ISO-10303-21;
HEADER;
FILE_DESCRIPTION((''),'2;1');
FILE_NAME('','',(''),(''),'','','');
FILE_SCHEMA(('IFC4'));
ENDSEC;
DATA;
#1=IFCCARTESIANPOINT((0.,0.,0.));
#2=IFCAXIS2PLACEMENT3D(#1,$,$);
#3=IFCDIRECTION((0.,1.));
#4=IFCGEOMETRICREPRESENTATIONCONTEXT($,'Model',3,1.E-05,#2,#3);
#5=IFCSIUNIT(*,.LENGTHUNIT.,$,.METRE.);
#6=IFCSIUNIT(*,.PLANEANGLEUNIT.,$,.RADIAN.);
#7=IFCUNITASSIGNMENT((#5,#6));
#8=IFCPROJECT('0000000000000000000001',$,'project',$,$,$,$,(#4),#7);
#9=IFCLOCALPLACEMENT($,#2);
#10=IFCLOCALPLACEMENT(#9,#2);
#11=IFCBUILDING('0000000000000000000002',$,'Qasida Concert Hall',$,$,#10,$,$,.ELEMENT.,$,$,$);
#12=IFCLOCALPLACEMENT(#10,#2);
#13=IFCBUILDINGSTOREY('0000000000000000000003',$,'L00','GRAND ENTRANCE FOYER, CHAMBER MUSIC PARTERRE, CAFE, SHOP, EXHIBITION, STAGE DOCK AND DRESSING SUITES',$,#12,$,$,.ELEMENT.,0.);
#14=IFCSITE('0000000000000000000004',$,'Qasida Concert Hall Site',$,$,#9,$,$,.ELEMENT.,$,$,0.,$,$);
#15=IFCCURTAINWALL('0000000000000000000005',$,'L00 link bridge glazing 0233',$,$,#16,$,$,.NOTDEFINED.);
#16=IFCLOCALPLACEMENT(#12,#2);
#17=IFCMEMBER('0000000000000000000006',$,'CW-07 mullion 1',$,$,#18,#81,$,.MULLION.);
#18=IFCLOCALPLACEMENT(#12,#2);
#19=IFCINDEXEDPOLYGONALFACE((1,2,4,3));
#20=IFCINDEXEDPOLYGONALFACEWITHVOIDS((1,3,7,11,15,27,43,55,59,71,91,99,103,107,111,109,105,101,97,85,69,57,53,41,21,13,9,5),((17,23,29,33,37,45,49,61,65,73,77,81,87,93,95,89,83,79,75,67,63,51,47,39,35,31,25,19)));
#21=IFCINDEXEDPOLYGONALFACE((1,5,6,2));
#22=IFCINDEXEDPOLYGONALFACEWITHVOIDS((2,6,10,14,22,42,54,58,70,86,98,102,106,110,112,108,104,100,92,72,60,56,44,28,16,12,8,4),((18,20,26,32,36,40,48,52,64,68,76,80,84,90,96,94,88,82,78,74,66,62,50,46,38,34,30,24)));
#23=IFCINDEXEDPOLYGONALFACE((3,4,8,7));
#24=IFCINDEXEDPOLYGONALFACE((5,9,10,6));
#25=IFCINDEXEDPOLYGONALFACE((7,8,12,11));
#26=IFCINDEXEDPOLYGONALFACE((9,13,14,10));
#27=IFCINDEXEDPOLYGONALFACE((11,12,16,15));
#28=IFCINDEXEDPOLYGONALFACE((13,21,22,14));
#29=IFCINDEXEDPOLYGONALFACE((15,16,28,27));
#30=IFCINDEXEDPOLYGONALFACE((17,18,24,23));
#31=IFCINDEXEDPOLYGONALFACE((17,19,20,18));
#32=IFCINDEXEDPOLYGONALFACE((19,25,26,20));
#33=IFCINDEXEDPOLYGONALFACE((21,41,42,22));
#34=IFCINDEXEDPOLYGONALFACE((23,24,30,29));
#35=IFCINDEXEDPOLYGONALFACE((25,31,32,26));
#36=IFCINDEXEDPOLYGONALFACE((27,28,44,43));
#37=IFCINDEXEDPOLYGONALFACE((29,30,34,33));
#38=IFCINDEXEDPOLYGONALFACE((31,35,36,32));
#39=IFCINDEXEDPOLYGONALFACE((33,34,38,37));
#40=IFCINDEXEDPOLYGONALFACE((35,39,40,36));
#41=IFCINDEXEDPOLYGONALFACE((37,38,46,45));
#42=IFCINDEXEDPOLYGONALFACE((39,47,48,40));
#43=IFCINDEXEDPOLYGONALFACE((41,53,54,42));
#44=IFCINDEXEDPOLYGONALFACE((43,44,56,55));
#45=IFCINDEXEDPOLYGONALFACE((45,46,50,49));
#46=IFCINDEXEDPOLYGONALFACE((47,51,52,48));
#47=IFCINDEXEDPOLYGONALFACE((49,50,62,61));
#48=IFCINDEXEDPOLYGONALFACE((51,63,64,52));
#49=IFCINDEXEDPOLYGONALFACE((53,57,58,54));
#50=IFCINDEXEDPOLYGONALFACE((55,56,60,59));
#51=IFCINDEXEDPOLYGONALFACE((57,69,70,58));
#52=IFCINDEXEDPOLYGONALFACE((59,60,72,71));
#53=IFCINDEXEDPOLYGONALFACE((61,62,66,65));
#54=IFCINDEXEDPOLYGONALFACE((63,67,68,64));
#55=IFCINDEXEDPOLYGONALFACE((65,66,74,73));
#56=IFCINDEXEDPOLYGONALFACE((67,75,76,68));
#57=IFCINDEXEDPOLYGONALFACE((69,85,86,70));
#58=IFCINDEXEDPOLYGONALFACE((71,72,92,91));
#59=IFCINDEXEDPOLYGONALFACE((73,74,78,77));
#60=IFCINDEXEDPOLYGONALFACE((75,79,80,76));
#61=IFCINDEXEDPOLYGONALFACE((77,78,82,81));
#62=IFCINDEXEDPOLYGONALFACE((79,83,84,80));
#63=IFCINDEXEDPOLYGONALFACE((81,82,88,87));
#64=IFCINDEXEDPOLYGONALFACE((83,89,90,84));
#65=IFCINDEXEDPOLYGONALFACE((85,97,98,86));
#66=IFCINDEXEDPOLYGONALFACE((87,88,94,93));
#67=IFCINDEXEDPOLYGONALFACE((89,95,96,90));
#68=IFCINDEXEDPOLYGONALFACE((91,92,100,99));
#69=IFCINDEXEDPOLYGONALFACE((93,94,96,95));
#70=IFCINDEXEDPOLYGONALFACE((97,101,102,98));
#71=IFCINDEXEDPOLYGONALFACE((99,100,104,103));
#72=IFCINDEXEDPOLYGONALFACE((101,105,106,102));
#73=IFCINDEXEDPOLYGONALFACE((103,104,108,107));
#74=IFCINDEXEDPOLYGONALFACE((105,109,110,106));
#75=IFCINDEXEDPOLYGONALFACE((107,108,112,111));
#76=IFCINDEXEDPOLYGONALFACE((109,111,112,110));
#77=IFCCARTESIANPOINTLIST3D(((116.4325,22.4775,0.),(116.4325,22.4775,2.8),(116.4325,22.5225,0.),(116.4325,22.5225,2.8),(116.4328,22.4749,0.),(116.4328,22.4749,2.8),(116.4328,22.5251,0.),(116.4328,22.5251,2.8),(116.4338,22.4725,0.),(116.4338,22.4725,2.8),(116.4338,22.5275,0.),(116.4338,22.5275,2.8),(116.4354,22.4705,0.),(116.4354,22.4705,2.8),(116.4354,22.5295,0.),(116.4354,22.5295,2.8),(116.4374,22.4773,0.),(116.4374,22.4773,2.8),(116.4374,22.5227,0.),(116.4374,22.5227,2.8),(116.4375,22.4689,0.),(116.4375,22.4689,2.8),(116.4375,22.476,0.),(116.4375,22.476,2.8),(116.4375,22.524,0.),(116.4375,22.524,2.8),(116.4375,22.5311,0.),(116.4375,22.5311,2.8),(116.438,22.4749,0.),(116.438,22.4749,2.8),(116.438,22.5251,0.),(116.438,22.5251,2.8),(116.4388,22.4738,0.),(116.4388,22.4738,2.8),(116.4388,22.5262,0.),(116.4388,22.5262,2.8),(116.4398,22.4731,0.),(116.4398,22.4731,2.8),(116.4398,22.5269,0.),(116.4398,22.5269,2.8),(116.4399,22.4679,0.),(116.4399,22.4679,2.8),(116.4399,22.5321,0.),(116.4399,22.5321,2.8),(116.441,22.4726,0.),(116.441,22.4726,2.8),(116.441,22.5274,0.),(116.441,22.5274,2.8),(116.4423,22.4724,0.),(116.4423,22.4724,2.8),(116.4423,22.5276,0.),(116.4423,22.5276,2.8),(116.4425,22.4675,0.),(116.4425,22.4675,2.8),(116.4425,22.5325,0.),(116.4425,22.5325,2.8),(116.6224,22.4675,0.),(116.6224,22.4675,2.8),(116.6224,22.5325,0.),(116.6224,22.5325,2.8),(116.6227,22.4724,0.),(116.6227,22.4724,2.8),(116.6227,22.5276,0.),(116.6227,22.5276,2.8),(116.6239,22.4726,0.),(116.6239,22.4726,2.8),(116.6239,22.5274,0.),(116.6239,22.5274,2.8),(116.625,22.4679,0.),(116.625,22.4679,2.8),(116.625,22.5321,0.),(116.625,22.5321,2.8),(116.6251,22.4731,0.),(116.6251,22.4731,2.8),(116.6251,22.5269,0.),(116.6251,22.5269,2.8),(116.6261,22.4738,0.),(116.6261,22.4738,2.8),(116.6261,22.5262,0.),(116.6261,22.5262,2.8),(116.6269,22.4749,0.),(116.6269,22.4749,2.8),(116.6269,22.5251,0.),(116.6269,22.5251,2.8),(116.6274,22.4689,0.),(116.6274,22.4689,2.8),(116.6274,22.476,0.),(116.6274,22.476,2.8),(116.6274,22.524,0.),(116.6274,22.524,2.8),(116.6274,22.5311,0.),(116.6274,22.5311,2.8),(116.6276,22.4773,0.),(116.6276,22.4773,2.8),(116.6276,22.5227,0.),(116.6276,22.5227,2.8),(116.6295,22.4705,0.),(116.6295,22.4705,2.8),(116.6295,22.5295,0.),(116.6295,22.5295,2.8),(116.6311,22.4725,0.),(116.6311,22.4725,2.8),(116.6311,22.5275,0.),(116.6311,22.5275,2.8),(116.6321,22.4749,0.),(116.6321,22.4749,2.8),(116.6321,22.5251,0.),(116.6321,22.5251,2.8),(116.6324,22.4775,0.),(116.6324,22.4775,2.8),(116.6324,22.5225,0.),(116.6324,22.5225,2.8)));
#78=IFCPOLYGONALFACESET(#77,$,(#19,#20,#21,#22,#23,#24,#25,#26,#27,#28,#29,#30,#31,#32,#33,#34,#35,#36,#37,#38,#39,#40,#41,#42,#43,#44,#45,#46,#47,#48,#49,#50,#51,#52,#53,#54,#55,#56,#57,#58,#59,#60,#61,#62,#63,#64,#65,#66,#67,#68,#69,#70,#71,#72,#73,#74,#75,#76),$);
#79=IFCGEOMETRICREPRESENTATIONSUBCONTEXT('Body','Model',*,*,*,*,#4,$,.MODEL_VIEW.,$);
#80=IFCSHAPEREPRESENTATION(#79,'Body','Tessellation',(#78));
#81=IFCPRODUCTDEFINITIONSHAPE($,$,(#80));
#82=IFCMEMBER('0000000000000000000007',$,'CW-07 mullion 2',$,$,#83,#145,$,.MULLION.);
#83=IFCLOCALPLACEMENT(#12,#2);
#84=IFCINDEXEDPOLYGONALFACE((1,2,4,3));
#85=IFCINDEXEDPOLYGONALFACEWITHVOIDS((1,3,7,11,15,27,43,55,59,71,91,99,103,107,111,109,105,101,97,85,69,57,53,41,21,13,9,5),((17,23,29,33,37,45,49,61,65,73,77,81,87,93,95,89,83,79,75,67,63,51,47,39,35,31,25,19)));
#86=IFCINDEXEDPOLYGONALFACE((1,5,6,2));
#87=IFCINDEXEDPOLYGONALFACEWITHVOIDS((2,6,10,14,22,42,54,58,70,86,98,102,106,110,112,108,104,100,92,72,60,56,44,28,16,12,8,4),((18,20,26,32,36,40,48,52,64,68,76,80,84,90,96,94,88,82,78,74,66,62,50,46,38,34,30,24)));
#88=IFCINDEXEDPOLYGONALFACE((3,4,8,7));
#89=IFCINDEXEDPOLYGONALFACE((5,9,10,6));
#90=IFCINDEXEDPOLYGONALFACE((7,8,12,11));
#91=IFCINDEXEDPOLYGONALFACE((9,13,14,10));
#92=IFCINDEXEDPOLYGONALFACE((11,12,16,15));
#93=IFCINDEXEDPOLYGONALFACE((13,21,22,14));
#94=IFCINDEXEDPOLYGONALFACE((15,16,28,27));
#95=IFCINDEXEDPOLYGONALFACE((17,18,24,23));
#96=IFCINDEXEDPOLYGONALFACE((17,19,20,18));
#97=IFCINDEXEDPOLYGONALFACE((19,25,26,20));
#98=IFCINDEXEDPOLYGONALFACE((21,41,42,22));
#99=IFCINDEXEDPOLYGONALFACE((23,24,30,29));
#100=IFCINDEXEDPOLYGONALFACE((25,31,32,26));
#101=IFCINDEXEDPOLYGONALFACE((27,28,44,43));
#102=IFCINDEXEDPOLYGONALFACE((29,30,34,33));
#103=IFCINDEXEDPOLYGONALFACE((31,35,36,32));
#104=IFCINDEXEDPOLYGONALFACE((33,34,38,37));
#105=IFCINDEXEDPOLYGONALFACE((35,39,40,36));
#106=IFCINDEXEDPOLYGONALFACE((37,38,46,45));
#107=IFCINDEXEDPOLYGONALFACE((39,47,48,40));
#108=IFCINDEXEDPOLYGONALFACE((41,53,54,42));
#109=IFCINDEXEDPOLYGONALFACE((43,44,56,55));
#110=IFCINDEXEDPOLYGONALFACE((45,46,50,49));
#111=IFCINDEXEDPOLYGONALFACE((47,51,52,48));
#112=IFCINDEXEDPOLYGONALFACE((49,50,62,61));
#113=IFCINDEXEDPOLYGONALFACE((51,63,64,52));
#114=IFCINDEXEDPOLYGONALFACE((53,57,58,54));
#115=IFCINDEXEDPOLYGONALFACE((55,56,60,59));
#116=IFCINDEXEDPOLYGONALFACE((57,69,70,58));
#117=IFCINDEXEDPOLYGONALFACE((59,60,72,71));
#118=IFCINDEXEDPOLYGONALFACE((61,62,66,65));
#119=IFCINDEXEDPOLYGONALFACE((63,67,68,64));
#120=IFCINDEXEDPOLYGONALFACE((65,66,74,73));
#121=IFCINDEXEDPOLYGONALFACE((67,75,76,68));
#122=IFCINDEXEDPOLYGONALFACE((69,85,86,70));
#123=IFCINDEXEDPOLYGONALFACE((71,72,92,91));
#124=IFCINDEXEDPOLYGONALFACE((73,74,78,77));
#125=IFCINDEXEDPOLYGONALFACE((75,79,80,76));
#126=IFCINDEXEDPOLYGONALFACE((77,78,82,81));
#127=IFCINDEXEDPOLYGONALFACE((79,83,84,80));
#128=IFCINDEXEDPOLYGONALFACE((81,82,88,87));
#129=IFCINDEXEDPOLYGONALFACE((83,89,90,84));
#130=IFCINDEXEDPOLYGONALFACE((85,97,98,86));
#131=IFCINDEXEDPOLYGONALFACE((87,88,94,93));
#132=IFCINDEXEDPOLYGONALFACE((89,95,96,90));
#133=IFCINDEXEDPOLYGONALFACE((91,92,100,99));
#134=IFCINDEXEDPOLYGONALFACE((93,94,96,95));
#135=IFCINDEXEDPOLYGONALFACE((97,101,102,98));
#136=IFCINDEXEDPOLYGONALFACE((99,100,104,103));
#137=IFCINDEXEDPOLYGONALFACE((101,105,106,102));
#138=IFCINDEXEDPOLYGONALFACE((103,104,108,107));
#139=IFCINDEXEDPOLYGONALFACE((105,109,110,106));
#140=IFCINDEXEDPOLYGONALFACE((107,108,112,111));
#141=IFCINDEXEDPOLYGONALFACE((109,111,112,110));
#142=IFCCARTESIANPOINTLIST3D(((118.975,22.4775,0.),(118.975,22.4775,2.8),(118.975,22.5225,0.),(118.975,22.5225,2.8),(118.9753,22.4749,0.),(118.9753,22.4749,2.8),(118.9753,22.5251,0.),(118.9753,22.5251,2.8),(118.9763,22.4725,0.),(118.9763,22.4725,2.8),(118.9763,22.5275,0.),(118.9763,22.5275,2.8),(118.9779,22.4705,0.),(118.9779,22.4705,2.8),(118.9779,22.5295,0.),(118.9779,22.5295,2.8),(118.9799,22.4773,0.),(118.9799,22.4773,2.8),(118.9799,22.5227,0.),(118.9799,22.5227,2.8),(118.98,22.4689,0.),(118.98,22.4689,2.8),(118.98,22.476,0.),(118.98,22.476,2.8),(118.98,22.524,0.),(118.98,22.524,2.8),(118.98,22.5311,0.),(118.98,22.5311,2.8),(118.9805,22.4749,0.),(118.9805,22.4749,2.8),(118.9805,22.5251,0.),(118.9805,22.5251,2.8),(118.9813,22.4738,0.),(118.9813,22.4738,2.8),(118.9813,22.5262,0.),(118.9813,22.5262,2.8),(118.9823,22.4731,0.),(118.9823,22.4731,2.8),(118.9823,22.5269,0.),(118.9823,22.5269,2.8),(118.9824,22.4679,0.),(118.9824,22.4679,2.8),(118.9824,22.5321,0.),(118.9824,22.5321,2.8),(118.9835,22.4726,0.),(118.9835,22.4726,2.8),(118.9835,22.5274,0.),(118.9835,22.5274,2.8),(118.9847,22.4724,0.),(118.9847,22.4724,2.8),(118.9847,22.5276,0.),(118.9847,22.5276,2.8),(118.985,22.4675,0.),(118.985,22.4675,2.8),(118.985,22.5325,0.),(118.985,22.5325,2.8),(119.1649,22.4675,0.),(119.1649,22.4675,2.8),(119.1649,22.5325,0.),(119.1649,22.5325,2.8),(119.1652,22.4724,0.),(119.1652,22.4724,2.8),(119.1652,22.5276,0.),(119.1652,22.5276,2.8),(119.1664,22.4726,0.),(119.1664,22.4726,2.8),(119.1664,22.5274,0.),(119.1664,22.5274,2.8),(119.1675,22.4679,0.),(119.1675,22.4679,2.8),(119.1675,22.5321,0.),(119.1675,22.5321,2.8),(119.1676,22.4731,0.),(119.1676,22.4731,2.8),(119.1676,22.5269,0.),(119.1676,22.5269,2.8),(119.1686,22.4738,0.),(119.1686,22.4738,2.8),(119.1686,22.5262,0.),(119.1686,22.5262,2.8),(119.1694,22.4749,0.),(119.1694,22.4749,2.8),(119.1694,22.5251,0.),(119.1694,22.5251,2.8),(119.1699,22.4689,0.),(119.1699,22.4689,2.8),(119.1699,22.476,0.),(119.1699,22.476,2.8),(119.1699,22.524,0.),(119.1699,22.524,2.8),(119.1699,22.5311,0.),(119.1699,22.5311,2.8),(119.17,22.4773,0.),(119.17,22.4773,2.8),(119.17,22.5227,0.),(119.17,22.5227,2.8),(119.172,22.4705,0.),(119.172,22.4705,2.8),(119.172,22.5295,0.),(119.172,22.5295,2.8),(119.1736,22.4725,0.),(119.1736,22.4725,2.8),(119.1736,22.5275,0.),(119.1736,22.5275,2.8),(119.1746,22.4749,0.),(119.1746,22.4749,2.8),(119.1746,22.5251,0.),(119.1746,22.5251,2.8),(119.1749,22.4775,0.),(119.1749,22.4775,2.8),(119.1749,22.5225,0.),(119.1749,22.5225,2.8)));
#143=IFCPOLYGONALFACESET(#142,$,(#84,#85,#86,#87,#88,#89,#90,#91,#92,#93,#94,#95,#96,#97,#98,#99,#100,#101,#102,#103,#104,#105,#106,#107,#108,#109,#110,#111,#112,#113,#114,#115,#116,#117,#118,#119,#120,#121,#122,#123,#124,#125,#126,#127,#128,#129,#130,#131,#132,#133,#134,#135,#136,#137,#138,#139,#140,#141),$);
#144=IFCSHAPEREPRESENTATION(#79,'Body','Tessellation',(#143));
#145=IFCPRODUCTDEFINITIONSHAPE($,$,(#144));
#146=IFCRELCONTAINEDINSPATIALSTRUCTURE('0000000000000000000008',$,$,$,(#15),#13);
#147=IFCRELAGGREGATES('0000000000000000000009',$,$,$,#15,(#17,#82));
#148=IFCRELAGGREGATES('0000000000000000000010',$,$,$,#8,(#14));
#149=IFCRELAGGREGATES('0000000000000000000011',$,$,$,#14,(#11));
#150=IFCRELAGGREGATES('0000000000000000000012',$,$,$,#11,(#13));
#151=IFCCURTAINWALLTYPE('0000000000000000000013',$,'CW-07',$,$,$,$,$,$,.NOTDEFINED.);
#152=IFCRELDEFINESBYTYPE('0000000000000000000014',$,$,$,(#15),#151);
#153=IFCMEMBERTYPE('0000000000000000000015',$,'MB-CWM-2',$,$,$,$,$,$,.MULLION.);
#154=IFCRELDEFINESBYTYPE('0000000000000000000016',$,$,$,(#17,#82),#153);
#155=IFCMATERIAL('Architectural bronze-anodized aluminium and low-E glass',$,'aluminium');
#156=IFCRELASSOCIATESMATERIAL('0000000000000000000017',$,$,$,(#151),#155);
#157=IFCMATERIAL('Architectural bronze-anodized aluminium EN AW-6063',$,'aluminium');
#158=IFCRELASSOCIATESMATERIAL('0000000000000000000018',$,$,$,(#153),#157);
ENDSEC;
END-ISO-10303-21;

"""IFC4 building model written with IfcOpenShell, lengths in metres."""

from ifc_helpers import new_model, si_unit, direction, frame, origin, origin_2d, place, context, subcontext, project, spatial, hollow_rectangle, extrude, material, material_profile, profile_set, type_object, element, aggregate, save


model = new_model("IFC4")

# Units and contexts
model_context = context("Model", 3, precision=1e-05, world=origin(), true_north=direction((0.0, 1.0)))
body_context = subcontext(model_context, "Body", "Model", "MODEL_VIEW")
ifc_project = project(units=[si_unit("LENGTHUNIT", "METRE"), si_unit("PLANEANGLEUNIT", "RADIAN")], contexts=[model_context])

# Site, building, storey
site_placement = place(None, origin())
site = spatial("IfcSite", under=ifc_project, at=site_placement, Name="Qasida Concert Hall Site", CompositionType="ELEMENT", RefElevation=0.0)
building_placement = place(site_placement, origin())
building = spatial("IfcBuilding", under=site, at=building_placement, Name="Qasida Concert Hall", CompositionType="ELEMENT")
storey_placement = place(building_placement, origin())
storey = spatial("IfcBuildingStorey", under=building, at=storey_placement, Name="L00", Description="GRAND ENTRANCE FOYER, CHAMBER MUSIC PARTERRE, CAFE, SHOP, EXHIBITION, STAGE DOCK AND DRESSING SUITES", CompositionType="ELEMENT", Elevation=0.0)

# Curtain wall, members
ifc_material_1 = material(Name="Architectural bronze-anodized aluminium and low-E glass", Category="aluminium")
curtain_wall_type = type_object("IfcCurtainWallType", Name="CW-07", PredefinedType="NOTDEFINED", material=ifc_material_1)
ifc_material_2 = material(Name="Architectural bronze-anodized aluminium EN AW-6063", Category="aluminium")
ifc_material_profile_1 = material_profile(ifc_material_2, hollow_rectangle(XDim=0.0649, YDim=0.2, WallThickness=0.0049, InnerFilletRadius=0.0049, OuterFilletRadius=0.01, at=origin_2d()), Name="CWM 200x65x5")
ifc_profile_set_1 = profile_set([ifc_material_profile_1], Name="Architectural bronze-anodized aluminium EN AW-6063")
member_type_1 = type_object("IfcMemberType", Name="MB-CWM-2", PredefinedType="MULLION", material=ifc_profile_set_1)
curtain_wall_1_placement = place(storey_placement, origin())
curtain_wall_1 = element("IfcCurtainWall", 1, at=curtain_wall_1_placement, inside=storey, type_object=curtain_wall_type, Name="L00 link bridge glazing 0233", PredefinedType="NOTDEFINED")
member_1_placement = place(storey_placement, frame((116.5325, 22.5, 0.0), z_axis=(0.0, 0.0, 1.0), x_axis=(0.0, 1.0, 0.0)))
member_1 = element("IfcMember", 2, at=member_1_placement, type_object=member_type_1, Name="CW-07 mullion 1", PredefinedType="MULLION", context=body_context, shape_type="SweptSolid", body=[
    extrude(hollow_rectangle(XDim=0.0649, YDim=0.2, WallThickness=0.0049, InnerFilletRadius=0.0049, OuterFilletRadius=0.01, at=origin_2d()), origin(), (0.0, 0.0, 1.0), 2.8),
])
member_2_placement = place(storey_placement, frame((119.075, 22.5, 0.0), z_axis=(0.0, 0.0, 1.0), x_axis=(0.0, 1.0, 0.0)))
member_2 = element("IfcMember", 3, at=member_2_placement, type_object=member_type_1, Name="CW-07 mullion 2", PredefinedType="MULLION", context=body_context, shape_type="SweptSolid", body=[
    extrude(hollow_rectangle(XDim=0.0649, YDim=0.2, WallThickness=0.0049, InnerFilletRadius=0.0049, OuterFilletRadius=0.01, at=origin_2d()), origin(), (0.0, 0.0, 1.0), 2.8),
])

aggregate(curtain_wall_1, [member_1, member_2])

save(model, "model.ifc")
